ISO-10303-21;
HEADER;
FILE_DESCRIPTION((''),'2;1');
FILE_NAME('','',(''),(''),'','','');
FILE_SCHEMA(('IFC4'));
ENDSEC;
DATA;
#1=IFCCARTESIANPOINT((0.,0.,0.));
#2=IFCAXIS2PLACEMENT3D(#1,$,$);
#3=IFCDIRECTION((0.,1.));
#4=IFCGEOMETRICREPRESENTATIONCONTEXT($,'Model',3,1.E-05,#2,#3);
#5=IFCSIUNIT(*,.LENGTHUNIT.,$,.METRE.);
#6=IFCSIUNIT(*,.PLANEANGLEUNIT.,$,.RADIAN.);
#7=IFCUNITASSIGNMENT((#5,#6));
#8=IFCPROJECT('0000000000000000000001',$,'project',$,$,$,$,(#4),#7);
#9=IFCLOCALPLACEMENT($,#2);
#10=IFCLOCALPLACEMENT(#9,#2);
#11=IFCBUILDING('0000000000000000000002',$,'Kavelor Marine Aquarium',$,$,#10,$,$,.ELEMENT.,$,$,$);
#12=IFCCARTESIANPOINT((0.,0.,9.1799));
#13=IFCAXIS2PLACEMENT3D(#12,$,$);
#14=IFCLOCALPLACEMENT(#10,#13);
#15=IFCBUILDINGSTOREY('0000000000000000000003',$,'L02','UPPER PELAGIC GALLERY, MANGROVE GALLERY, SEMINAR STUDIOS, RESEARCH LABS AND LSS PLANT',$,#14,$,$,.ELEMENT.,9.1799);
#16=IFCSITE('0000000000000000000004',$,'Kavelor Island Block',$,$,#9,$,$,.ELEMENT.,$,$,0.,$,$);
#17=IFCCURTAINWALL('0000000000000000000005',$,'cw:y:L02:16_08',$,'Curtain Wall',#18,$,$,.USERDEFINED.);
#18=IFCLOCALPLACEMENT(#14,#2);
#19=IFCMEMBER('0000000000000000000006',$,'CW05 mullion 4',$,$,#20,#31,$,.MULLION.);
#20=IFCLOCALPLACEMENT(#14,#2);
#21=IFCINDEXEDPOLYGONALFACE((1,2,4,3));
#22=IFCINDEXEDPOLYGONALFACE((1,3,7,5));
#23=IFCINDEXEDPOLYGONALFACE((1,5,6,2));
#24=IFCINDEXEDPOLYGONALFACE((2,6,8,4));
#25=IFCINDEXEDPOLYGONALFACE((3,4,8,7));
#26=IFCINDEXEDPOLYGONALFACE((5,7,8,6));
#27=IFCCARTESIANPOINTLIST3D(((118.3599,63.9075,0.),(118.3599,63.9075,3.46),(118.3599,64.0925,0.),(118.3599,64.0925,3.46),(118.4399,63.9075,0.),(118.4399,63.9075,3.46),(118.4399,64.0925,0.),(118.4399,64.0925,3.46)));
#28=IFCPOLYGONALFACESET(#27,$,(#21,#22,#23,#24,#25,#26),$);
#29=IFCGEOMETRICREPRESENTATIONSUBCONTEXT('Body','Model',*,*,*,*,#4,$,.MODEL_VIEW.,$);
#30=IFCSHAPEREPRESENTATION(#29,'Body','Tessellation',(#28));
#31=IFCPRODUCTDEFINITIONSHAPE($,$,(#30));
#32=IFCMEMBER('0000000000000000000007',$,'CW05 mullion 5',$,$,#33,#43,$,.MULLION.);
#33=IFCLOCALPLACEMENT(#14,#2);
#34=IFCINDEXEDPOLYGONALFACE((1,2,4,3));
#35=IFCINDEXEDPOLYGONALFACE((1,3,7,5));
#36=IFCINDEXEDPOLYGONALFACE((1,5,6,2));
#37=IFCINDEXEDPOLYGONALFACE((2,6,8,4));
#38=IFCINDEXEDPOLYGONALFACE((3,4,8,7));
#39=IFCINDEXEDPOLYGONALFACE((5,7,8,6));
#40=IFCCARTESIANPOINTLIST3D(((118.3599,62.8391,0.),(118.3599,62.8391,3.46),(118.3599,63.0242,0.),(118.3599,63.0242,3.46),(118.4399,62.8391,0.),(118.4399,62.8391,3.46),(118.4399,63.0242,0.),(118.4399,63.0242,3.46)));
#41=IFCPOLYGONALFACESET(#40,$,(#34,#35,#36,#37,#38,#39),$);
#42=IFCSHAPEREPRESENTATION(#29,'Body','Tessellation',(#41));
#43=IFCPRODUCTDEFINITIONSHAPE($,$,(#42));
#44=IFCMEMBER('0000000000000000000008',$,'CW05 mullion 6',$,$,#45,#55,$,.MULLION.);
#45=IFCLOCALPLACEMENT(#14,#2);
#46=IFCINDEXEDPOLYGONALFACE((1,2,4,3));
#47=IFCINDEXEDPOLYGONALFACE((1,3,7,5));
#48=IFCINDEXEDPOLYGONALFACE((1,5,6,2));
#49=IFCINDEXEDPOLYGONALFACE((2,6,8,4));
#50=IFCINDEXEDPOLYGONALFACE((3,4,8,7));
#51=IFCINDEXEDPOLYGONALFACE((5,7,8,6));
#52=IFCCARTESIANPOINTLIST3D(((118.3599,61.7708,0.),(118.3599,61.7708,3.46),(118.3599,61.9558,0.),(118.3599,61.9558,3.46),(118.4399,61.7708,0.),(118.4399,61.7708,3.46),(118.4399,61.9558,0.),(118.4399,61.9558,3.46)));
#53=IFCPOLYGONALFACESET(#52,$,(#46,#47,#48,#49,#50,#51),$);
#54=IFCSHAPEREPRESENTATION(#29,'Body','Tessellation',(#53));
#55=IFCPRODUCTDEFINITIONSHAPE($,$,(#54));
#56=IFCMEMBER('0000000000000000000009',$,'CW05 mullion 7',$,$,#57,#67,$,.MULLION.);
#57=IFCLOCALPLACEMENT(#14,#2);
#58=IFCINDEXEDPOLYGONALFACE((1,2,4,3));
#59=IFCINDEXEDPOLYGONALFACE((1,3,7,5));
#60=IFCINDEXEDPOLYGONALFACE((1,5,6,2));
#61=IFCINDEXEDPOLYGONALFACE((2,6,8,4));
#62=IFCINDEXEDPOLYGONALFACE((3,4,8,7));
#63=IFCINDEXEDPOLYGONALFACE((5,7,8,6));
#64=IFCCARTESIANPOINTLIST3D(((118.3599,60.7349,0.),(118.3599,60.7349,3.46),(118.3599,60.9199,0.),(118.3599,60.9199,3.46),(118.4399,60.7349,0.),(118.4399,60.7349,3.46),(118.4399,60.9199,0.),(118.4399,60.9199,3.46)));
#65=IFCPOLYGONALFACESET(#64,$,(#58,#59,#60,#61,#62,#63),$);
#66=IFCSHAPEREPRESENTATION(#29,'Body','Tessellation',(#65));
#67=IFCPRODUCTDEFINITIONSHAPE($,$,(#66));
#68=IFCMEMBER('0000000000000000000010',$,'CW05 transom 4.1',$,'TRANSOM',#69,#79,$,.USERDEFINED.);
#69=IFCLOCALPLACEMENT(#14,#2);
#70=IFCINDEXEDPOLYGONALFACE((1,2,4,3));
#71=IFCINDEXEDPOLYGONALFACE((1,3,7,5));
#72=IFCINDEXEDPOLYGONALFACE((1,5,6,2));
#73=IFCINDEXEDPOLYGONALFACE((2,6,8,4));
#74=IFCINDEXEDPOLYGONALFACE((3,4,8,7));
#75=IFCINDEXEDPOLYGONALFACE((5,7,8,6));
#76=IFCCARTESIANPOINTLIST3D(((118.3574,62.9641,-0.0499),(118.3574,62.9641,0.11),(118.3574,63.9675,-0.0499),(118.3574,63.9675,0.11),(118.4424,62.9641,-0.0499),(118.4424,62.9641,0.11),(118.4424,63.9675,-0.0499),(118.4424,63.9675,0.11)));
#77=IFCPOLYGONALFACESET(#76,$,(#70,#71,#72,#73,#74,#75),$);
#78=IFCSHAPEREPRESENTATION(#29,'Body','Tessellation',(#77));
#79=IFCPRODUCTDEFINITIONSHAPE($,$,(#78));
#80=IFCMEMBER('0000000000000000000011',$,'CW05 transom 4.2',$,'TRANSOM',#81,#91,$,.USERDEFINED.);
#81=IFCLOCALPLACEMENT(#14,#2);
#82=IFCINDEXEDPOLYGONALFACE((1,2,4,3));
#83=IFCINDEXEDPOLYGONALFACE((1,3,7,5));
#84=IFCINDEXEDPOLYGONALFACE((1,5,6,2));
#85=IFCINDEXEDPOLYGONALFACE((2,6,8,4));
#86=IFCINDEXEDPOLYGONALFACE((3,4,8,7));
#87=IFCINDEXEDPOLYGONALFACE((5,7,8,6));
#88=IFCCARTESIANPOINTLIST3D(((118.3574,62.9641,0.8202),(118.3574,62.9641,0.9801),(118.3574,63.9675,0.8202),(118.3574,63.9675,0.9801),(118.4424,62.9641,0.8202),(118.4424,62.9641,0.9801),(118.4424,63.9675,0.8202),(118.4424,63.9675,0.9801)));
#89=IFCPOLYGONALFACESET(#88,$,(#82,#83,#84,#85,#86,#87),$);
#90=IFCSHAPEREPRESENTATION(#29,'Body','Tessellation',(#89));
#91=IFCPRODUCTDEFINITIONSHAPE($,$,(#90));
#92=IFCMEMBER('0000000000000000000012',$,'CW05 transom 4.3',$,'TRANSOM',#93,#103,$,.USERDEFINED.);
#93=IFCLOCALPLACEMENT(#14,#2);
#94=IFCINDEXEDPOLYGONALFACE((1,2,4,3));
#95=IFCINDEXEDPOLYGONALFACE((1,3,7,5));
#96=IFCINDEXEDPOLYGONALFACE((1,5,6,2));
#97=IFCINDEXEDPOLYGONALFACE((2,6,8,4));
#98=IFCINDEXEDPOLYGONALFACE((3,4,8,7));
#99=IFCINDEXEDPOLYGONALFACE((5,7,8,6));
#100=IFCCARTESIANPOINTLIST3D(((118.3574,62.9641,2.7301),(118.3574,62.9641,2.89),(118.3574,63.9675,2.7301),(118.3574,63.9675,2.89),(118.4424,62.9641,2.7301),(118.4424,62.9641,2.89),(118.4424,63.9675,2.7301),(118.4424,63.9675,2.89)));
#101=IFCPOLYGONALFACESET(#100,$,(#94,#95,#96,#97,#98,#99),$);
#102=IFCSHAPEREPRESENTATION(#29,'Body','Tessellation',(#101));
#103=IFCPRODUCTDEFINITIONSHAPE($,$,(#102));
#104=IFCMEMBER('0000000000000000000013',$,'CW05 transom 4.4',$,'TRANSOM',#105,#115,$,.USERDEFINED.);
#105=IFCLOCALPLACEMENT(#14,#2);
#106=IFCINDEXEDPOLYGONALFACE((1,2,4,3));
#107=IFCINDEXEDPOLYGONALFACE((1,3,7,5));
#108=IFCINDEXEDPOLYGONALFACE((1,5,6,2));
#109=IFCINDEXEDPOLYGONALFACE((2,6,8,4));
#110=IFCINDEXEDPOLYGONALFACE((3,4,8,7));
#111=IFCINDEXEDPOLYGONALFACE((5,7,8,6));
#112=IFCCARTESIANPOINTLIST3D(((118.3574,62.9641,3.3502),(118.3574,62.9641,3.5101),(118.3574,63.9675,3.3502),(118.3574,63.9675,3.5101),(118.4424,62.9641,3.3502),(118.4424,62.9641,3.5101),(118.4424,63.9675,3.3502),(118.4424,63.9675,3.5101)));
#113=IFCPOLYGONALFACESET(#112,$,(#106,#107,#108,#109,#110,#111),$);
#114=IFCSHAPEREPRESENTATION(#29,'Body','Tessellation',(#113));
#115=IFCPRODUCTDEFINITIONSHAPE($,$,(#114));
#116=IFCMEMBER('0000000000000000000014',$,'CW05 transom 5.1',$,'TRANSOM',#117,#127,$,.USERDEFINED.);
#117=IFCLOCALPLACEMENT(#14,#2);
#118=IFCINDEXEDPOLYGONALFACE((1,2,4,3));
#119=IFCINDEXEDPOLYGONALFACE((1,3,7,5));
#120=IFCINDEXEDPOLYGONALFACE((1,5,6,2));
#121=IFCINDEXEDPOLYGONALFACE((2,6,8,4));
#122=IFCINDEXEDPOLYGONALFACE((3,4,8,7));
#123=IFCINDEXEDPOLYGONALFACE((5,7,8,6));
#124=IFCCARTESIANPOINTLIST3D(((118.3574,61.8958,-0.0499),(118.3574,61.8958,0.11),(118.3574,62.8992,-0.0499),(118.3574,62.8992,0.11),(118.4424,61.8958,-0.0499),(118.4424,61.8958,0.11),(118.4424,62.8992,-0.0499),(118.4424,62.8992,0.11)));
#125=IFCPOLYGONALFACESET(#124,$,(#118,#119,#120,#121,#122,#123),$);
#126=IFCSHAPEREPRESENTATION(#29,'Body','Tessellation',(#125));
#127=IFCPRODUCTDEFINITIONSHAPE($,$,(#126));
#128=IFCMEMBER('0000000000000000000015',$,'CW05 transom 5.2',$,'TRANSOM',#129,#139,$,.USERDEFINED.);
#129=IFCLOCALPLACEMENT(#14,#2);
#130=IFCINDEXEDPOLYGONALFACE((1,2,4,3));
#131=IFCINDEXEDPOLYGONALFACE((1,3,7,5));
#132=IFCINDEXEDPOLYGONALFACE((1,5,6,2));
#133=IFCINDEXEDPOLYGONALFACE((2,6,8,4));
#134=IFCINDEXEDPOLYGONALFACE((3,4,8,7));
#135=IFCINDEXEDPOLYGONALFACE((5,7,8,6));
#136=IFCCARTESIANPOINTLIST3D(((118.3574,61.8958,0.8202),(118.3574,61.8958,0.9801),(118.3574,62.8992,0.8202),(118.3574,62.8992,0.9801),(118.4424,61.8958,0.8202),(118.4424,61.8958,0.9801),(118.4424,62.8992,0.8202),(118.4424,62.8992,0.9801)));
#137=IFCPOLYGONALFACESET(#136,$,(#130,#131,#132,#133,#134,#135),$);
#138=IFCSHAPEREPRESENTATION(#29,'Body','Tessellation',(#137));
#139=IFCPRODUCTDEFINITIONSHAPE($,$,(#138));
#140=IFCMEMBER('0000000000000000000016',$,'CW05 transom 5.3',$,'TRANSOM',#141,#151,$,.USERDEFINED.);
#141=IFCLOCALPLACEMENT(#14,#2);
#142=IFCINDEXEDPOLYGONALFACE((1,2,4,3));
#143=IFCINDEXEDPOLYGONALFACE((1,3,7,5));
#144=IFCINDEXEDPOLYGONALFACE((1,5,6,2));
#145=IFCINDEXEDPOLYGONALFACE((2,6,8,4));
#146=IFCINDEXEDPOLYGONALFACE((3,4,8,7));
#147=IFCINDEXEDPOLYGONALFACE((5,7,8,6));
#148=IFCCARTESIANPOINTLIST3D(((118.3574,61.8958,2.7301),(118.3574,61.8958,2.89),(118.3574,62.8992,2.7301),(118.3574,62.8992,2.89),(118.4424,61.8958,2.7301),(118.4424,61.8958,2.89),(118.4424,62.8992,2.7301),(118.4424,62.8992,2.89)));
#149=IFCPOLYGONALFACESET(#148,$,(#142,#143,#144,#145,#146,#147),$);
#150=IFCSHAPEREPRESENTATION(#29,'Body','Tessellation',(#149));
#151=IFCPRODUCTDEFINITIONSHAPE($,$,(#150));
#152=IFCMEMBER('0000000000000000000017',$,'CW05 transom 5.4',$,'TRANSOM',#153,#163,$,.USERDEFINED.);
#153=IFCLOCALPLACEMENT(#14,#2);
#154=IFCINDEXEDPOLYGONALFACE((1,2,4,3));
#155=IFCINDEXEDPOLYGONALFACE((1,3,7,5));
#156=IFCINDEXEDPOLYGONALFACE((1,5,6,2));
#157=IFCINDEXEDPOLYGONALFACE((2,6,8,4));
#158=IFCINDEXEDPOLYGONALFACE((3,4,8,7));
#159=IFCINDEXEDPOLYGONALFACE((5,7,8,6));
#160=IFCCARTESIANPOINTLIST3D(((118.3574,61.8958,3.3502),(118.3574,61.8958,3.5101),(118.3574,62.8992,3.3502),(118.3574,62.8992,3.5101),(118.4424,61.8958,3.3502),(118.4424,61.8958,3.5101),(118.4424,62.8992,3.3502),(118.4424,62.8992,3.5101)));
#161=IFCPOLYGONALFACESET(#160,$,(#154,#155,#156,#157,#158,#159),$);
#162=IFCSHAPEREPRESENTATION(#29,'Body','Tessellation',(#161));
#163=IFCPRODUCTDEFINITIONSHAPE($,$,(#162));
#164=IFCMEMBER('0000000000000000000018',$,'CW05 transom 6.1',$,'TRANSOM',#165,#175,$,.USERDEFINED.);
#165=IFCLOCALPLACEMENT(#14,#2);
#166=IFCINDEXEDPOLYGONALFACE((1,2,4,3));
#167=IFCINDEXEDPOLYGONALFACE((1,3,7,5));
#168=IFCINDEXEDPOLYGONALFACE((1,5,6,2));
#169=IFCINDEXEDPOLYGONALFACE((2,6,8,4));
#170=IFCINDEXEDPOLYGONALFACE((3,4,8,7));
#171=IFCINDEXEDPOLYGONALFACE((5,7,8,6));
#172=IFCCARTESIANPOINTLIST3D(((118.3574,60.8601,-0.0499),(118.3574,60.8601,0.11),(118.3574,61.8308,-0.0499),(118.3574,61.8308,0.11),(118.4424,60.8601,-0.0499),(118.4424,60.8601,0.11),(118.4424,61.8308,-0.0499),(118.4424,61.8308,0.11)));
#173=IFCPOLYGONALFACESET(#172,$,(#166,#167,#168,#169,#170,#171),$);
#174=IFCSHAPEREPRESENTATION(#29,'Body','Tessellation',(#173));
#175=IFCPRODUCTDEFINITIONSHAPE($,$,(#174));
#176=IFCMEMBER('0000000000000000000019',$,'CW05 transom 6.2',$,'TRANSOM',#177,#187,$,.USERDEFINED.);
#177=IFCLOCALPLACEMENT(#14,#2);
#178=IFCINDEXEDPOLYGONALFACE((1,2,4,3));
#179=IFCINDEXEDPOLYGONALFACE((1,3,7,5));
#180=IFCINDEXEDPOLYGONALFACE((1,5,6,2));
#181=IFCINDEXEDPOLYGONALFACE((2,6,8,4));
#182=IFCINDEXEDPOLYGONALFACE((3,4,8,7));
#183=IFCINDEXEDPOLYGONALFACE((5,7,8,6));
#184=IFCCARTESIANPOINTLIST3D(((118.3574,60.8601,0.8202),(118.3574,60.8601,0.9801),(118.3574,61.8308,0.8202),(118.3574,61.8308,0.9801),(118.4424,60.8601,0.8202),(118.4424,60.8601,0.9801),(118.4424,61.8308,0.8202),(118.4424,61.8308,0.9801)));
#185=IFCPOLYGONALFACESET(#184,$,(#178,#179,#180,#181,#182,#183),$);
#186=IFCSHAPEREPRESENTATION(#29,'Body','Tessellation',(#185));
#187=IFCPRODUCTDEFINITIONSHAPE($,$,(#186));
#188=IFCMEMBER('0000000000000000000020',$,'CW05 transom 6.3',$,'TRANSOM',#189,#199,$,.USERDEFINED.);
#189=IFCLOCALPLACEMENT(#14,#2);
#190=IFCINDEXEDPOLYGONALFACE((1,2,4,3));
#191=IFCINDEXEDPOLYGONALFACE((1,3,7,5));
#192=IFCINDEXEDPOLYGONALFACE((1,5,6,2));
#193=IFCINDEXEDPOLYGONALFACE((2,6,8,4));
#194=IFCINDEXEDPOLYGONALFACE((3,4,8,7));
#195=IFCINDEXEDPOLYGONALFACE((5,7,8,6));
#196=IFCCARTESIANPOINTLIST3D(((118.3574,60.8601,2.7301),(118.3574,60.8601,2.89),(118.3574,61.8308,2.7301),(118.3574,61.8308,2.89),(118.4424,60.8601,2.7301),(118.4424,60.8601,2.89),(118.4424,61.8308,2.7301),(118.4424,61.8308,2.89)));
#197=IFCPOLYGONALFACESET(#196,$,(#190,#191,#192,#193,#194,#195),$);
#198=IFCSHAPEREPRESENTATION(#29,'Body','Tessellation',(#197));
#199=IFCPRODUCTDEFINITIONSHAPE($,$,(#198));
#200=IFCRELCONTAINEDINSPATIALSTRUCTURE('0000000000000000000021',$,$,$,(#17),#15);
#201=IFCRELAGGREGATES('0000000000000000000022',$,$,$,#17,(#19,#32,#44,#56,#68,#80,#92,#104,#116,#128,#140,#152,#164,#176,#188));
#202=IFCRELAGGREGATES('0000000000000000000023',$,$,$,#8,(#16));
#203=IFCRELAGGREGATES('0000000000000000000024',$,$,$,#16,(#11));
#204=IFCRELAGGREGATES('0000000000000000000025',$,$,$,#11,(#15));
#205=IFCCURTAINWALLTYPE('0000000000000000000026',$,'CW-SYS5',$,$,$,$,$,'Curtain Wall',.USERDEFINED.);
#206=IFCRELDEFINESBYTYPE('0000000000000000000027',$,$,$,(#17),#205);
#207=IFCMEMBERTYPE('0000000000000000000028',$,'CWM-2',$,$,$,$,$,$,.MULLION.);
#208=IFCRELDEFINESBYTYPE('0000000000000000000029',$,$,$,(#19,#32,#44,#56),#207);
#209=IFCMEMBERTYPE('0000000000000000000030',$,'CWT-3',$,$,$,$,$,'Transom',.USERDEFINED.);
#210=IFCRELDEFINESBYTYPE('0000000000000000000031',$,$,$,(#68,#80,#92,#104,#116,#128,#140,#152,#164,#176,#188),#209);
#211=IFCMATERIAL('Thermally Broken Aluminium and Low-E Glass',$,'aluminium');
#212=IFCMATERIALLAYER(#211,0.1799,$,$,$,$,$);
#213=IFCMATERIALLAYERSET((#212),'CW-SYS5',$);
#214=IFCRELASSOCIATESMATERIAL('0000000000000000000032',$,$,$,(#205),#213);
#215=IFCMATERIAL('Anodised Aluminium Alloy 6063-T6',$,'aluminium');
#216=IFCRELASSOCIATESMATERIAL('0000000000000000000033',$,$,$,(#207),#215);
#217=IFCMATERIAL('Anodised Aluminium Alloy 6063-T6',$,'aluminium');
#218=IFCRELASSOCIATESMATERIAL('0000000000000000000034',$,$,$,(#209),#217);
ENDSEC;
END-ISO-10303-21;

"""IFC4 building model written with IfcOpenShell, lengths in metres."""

from ifc_helpers import new_model, si_unit, direction, frame, origin, origin_2d, place, context, subcontext, project, spatial, rectangle, extrude, material, layer, layer_set, material_profile, profile_set, type_object, element, aggregate, save


model = new_model("IFC4")

# Units and contexts
model_context = context("Model", 3, precision=1e-05, world=origin(), true_north=direction((0.0, 1.0)))
body_context = subcontext(model_context, "Body", "Model", "MODEL_VIEW")
ifc_project = project(units=[si_unit("LENGTHUNIT", "METRE"), si_unit("PLANEANGLEUNIT", "RADIAN")], contexts=[model_context])

# Site, building, storey
site_placement = place(None, origin())
site = spatial("IfcSite", under=ifc_project, at=site_placement, Name="Kavelor Island Block", CompositionType="ELEMENT", RefElevation=0.0)
building_placement = place(site_placement, origin())
building = spatial("IfcBuilding", under=site, at=building_placement, Name="Kavelor Marine Aquarium", CompositionType="ELEMENT")
storey_placement = place(building_placement, frame((0.0, 0.0, 9.1799)))
storey = spatial("IfcBuildingStorey", under=building, at=storey_placement, Name="L02", Description="UPPER PELAGIC GALLERY, MANGROVE GALLERY, SEMINAR STUDIOS, RESEARCH LABS AND LSS PLANT", CompositionType="ELEMENT", Elevation=9.1799)

# Curtain wall, members
ifc_material_1 = material(Name="Thermally Broken Aluminium and Low-E Glass", Category="aluminium")
ifc_layer_1 = layer(ifc_material_1, 0.1799)
ifc_layer_set_1 = layer_set([ifc_layer_1], Name="CW-SYS5")
curtain_wall_type = type_object("IfcCurtainWallType", Name="CW-SYS5", ElementType="Curtain Wall", PredefinedType="USERDEFINED", material=ifc_layer_set_1)
curtain_wall_placement = place(storey_placement, origin())
curtain_wall = element("IfcCurtainWall", 1, at=curtain_wall_placement, inside=storey, type_object=curtain_wall_type, Name="cw:y:L02:16_08", ObjectType="Curtain Wall", PredefinedType="USERDEFINED")
ifc_material_2 = material(Name="Anodised Aluminium Alloy 6063-T6", Category="aluminium")
ifc_material_profile_1 = material_profile(ifc_material_2, rectangle(XDim=0.0801, YDim=0.1851, at=origin_2d()), Name="CW-MUL 80x185")
ifc_profile_set_1 = profile_set([ifc_material_profile_1], Name="Anodised Aluminium Alloy 6063-T6")
member_type_1 = type_object("IfcMemberType", Name="CWM-2", PredefinedType="MULLION", material=ifc_profile_set_1)
member_1_placement = place(storey_placement, frame((118.3999, 64.0, 0.0), z_axis=(0.0, 0.0, 1.0), x_axis=(1.0, 0.0, 0.0)))
member_1 = element("IfcMember", 2, at=member_1_placement, type_object=member_type_1, Name="CW05 mullion 4", PredefinedType="MULLION", context=body_context, shape_type="SweptSolid", body=[
    extrude(rectangle(XDim=0.0801, YDim=0.1851, at=origin_2d()), origin(), (0.0, 0.0, 1.0), 3.46),
])
member_2_placement = place(storey_placement, frame((118.3999, 62.9316, 0.0), z_axis=(0.0, 0.0, 1.0), x_axis=(1.0, 0.0, 0.0)))
member_2 = element("IfcMember", 3, at=member_2_placement, type_object=member_type_1, Name="CW05 mullion 5", PredefinedType="MULLION", context=body_context, shape_type="SweptSolid", body=[
    extrude(rectangle(XDim=0.0801, YDim=0.1851, at=origin_2d()), origin(), (0.0, 0.0, 1.0), 3.46),
])
member_3_placement = place(storey_placement, frame((118.3999, 61.8633, 0.0), z_axis=(0.0, 0.0, 1.0), x_axis=(1.0, 0.0, 0.0)))
member_3 = element("IfcMember", 4, at=member_3_placement, type_object=member_type_1, Name="CW05 mullion 6", PredefinedType="MULLION", context=body_context, shape_type="SweptSolid", body=[
    extrude(rectangle(XDim=0.0801, YDim=0.1851, at=origin_2d()), origin(), (0.0, 0.0, 1.0), 3.46),
])
member_4_placement = place(storey_placement, frame((118.3999, 60.8274, 0.0), z_axis=(0.0, 0.0, 1.0), x_axis=(1.0, 0.0, 0.0)))
member_4 = element("IfcMember", 5, at=member_4_placement, type_object=member_type_1, Name="CW05 mullion 7", PredefinedType="MULLION", context=body_context, shape_type="SweptSolid", body=[
    extrude(rectangle(XDim=0.0801, YDim=0.1851, at=origin_2d()), origin(), (0.0, 0.0, 1.0), 3.46),
])
ifc_material_3 = material(Name="Anodised Aluminium Alloy 6063-T6", Category="aluminium")
ifc_material_profile_2 = material_profile(ifc_material_3, rectangle(XDim=0.085, YDim=0.1599, at=origin_2d()), Name="CW-TRN 85x160")
ifc_profile_set_2 = profile_set([ifc_material_profile_2], Name="Anodised Aluminium Alloy 6063-T6")
member_type_2 = type_object("IfcMemberType", Name="CWT-3", ElementType="Transom", PredefinedType="USERDEFINED", material=ifc_profile_set_2)
member_5_placement = place(storey_placement, frame((118.3999, 63.9675, 0.03), z_axis=(0.0, -1.0, 0.0), x_axis=(1.0, 0.0, 0.0)))
member_5 = element("IfcMember", 6, at=member_5_placement, type_object=member_type_2, Name="CW05 transom 4.1", ObjectType="TRANSOM", PredefinedType="USERDEFINED", context=body_context, shape_type="SweptSolid", body=[
    extrude(rectangle(XDim=0.085, YDim=0.1599, at=origin_2d()), origin(), (0.0, 0.0, 1.0), 1.0034),
])
member_6_placement = place(storey_placement, frame((118.3999, 63.9675, 0.9001), z_axis=(0.0, -1.0, 0.0), x_axis=(1.0, 0.0, 0.0)))
member_6 = element("IfcMember", 7, at=member_6_placement, type_object=member_type_2, Name="CW05 transom 4.2", ObjectType="TRANSOM", PredefinedType="USERDEFINED", context=body_context, shape_type="SweptSolid", body=[
    extrude(rectangle(XDim=0.085, YDim=0.1599, at=origin_2d()), origin(), (0.0, 0.0, 1.0), 1.0034),
])
member_7_placement = place(storey_placement, frame((118.3999, 63.9675, 2.8101), z_axis=(0.0, -1.0, 0.0), x_axis=(1.0, 0.0, 0.0)))
member_7 = element("IfcMember", 8, at=member_7_placement, type_object=member_type_2, Name="CW05 transom 4.3", ObjectType="TRANSOM", PredefinedType="USERDEFINED", context=body_context, shape_type="SweptSolid", body=[
    extrude(rectangle(XDim=0.085, YDim=0.1599, at=origin_2d()), origin(), (0.0, 0.0, 1.0), 1.0034),
])
member_8_placement = place(storey_placement, frame((118.3999, 63.9675, 3.4302), z_axis=(0.0, -1.0, 0.0), x_axis=(1.0, 0.0, 0.0)))
member_8 = element("IfcMember", 9, at=member_8_placement, type_object=member_type_2, Name="CW05 transom 4.4", ObjectType="TRANSOM", PredefinedType="USERDEFINED", context=body_context, shape_type="SweptSolid", body=[
    extrude(rectangle(XDim=0.085, YDim=0.1599, at=origin_2d()), origin(), (0.0, 0.0, 1.0), 1.0034),
])
member_9_placement = place(storey_placement, frame((118.3999, 62.8992, 0.03), z_axis=(0.0, -1.0, 0.0), x_axis=(1.0, 0.0, 0.0)))
member_9 = element("IfcMember", 10, at=member_9_placement, type_object=member_type_2, Name="CW05 transom 5.1", ObjectType="TRANSOM", PredefinedType="USERDEFINED", context=body_context, shape_type="SweptSolid", body=[
    extrude(rectangle(XDim=0.085, YDim=0.1599, at=origin_2d()), origin(), (0.0, 0.0, 1.0), 1.0034),
])
member_10_placement = place(storey_placement, frame((118.3999, 62.8992, 0.9001), z_axis=(0.0, -1.0, 0.0), x_axis=(1.0, 0.0, 0.0)))
member_10 = element("IfcMember", 11, at=member_10_placement, type_object=member_type_2, Name="CW05 transom 5.2", ObjectType="TRANSOM", PredefinedType="USERDEFINED", context=body_context, shape_type="SweptSolid", body=[
    extrude(rectangle(XDim=0.085, YDim=0.1599, at=origin_2d()), origin(), (0.0, 0.0, 1.0), 1.0034),
])
member_11_placement = place(storey_placement, frame((118.3999, 62.8992, 2.8101), z_axis=(0.0, -1.0, 0.0), x_axis=(1.0, 0.0, 0.0)))
member_11 = element("IfcMember", 12, at=member_11_placement, type_object=member_type_2, Name="CW05 transom 5.3", ObjectType="TRANSOM", PredefinedType="USERDEFINED", context=body_context, shape_type="SweptSolid", body=[
    extrude(rectangle(XDim=0.085, YDim=0.1599, at=origin_2d()), origin(), (0.0, 0.0, 1.0), 1.0034),
])
member_12_placement = place(storey_placement, frame((118.3999, 62.8992, 3.4302), z_axis=(0.0, -1.0, 0.0), x_axis=(1.0, 0.0, 0.0)))
member_12 = element("IfcMember", 13, at=member_12_placement, type_object=member_type_2, Name="CW05 transom 5.4", ObjectType="TRANSOM", PredefinedType="USERDEFINED", context=body_context, shape_type="SweptSolid", body=[
    extrude(rectangle(XDim=0.085, YDim=0.1599, at=origin_2d()), origin(), (0.0, 0.0, 1.0), 1.0034),
])
member_13_placement = place(storey_placement, frame((118.3999, 61.8308, 0.03), z_axis=(0.0, -1.0, 0.0), x_axis=(1.0, 0.0, 0.0)))
member_13 = element("IfcMember", 14, at=member_13_placement, type_object=member_type_2, Name="CW05 transom 6.1", ObjectType="TRANSOM", PredefinedType="USERDEFINED", context=body_context, shape_type="SweptSolid", body=[
    extrude(rectangle(XDim=0.085, YDim=0.1599, at=origin_2d()), origin(), (0.0, 0.0, 1.0), 0.9707),
])
member_14_placement = place(storey_placement, frame((118.3999, 61.8308, 0.9001), z_axis=(0.0, -1.0, 0.0), x_axis=(1.0, 0.0, 0.0)))
member_14 = element("IfcMember", 15, at=member_14_placement, type_object=member_type_2, Name="CW05 transom 6.2", ObjectType="TRANSOM", PredefinedType="USERDEFINED", context=body_context, shape_type="SweptSolid", body=[
    extrude(rectangle(XDim=0.085, YDim=0.1599, at=origin_2d()), origin(), (0.0, 0.0, 1.0), 0.9707),
])
member_15_placement = place(storey_placement, frame((118.3999, 61.8308, 2.8101), z_axis=(0.0, -1.0, 0.0), x_axis=(1.0, 0.0, 0.0)))
member_15 = element("IfcMember", 16, at=member_15_placement, type_object=member_type_2, Name="CW05 transom 6.3", ObjectType="TRANSOM", PredefinedType="USERDEFINED", context=body_context, shape_type="SweptSolid", body=[
    extrude(rectangle(XDim=0.085, YDim=0.1599, at=origin_2d()), origin(), (0.0, 0.0, 1.0), 0.9707),
])
aggregate(curtain_wall, [member_1, member_2, member_3, member_4, member_5, member_6, member_7, member_8, member_9, member_10, member_11, member_12, member_13, member_14, member_15])

save(model, "model.ifc")
